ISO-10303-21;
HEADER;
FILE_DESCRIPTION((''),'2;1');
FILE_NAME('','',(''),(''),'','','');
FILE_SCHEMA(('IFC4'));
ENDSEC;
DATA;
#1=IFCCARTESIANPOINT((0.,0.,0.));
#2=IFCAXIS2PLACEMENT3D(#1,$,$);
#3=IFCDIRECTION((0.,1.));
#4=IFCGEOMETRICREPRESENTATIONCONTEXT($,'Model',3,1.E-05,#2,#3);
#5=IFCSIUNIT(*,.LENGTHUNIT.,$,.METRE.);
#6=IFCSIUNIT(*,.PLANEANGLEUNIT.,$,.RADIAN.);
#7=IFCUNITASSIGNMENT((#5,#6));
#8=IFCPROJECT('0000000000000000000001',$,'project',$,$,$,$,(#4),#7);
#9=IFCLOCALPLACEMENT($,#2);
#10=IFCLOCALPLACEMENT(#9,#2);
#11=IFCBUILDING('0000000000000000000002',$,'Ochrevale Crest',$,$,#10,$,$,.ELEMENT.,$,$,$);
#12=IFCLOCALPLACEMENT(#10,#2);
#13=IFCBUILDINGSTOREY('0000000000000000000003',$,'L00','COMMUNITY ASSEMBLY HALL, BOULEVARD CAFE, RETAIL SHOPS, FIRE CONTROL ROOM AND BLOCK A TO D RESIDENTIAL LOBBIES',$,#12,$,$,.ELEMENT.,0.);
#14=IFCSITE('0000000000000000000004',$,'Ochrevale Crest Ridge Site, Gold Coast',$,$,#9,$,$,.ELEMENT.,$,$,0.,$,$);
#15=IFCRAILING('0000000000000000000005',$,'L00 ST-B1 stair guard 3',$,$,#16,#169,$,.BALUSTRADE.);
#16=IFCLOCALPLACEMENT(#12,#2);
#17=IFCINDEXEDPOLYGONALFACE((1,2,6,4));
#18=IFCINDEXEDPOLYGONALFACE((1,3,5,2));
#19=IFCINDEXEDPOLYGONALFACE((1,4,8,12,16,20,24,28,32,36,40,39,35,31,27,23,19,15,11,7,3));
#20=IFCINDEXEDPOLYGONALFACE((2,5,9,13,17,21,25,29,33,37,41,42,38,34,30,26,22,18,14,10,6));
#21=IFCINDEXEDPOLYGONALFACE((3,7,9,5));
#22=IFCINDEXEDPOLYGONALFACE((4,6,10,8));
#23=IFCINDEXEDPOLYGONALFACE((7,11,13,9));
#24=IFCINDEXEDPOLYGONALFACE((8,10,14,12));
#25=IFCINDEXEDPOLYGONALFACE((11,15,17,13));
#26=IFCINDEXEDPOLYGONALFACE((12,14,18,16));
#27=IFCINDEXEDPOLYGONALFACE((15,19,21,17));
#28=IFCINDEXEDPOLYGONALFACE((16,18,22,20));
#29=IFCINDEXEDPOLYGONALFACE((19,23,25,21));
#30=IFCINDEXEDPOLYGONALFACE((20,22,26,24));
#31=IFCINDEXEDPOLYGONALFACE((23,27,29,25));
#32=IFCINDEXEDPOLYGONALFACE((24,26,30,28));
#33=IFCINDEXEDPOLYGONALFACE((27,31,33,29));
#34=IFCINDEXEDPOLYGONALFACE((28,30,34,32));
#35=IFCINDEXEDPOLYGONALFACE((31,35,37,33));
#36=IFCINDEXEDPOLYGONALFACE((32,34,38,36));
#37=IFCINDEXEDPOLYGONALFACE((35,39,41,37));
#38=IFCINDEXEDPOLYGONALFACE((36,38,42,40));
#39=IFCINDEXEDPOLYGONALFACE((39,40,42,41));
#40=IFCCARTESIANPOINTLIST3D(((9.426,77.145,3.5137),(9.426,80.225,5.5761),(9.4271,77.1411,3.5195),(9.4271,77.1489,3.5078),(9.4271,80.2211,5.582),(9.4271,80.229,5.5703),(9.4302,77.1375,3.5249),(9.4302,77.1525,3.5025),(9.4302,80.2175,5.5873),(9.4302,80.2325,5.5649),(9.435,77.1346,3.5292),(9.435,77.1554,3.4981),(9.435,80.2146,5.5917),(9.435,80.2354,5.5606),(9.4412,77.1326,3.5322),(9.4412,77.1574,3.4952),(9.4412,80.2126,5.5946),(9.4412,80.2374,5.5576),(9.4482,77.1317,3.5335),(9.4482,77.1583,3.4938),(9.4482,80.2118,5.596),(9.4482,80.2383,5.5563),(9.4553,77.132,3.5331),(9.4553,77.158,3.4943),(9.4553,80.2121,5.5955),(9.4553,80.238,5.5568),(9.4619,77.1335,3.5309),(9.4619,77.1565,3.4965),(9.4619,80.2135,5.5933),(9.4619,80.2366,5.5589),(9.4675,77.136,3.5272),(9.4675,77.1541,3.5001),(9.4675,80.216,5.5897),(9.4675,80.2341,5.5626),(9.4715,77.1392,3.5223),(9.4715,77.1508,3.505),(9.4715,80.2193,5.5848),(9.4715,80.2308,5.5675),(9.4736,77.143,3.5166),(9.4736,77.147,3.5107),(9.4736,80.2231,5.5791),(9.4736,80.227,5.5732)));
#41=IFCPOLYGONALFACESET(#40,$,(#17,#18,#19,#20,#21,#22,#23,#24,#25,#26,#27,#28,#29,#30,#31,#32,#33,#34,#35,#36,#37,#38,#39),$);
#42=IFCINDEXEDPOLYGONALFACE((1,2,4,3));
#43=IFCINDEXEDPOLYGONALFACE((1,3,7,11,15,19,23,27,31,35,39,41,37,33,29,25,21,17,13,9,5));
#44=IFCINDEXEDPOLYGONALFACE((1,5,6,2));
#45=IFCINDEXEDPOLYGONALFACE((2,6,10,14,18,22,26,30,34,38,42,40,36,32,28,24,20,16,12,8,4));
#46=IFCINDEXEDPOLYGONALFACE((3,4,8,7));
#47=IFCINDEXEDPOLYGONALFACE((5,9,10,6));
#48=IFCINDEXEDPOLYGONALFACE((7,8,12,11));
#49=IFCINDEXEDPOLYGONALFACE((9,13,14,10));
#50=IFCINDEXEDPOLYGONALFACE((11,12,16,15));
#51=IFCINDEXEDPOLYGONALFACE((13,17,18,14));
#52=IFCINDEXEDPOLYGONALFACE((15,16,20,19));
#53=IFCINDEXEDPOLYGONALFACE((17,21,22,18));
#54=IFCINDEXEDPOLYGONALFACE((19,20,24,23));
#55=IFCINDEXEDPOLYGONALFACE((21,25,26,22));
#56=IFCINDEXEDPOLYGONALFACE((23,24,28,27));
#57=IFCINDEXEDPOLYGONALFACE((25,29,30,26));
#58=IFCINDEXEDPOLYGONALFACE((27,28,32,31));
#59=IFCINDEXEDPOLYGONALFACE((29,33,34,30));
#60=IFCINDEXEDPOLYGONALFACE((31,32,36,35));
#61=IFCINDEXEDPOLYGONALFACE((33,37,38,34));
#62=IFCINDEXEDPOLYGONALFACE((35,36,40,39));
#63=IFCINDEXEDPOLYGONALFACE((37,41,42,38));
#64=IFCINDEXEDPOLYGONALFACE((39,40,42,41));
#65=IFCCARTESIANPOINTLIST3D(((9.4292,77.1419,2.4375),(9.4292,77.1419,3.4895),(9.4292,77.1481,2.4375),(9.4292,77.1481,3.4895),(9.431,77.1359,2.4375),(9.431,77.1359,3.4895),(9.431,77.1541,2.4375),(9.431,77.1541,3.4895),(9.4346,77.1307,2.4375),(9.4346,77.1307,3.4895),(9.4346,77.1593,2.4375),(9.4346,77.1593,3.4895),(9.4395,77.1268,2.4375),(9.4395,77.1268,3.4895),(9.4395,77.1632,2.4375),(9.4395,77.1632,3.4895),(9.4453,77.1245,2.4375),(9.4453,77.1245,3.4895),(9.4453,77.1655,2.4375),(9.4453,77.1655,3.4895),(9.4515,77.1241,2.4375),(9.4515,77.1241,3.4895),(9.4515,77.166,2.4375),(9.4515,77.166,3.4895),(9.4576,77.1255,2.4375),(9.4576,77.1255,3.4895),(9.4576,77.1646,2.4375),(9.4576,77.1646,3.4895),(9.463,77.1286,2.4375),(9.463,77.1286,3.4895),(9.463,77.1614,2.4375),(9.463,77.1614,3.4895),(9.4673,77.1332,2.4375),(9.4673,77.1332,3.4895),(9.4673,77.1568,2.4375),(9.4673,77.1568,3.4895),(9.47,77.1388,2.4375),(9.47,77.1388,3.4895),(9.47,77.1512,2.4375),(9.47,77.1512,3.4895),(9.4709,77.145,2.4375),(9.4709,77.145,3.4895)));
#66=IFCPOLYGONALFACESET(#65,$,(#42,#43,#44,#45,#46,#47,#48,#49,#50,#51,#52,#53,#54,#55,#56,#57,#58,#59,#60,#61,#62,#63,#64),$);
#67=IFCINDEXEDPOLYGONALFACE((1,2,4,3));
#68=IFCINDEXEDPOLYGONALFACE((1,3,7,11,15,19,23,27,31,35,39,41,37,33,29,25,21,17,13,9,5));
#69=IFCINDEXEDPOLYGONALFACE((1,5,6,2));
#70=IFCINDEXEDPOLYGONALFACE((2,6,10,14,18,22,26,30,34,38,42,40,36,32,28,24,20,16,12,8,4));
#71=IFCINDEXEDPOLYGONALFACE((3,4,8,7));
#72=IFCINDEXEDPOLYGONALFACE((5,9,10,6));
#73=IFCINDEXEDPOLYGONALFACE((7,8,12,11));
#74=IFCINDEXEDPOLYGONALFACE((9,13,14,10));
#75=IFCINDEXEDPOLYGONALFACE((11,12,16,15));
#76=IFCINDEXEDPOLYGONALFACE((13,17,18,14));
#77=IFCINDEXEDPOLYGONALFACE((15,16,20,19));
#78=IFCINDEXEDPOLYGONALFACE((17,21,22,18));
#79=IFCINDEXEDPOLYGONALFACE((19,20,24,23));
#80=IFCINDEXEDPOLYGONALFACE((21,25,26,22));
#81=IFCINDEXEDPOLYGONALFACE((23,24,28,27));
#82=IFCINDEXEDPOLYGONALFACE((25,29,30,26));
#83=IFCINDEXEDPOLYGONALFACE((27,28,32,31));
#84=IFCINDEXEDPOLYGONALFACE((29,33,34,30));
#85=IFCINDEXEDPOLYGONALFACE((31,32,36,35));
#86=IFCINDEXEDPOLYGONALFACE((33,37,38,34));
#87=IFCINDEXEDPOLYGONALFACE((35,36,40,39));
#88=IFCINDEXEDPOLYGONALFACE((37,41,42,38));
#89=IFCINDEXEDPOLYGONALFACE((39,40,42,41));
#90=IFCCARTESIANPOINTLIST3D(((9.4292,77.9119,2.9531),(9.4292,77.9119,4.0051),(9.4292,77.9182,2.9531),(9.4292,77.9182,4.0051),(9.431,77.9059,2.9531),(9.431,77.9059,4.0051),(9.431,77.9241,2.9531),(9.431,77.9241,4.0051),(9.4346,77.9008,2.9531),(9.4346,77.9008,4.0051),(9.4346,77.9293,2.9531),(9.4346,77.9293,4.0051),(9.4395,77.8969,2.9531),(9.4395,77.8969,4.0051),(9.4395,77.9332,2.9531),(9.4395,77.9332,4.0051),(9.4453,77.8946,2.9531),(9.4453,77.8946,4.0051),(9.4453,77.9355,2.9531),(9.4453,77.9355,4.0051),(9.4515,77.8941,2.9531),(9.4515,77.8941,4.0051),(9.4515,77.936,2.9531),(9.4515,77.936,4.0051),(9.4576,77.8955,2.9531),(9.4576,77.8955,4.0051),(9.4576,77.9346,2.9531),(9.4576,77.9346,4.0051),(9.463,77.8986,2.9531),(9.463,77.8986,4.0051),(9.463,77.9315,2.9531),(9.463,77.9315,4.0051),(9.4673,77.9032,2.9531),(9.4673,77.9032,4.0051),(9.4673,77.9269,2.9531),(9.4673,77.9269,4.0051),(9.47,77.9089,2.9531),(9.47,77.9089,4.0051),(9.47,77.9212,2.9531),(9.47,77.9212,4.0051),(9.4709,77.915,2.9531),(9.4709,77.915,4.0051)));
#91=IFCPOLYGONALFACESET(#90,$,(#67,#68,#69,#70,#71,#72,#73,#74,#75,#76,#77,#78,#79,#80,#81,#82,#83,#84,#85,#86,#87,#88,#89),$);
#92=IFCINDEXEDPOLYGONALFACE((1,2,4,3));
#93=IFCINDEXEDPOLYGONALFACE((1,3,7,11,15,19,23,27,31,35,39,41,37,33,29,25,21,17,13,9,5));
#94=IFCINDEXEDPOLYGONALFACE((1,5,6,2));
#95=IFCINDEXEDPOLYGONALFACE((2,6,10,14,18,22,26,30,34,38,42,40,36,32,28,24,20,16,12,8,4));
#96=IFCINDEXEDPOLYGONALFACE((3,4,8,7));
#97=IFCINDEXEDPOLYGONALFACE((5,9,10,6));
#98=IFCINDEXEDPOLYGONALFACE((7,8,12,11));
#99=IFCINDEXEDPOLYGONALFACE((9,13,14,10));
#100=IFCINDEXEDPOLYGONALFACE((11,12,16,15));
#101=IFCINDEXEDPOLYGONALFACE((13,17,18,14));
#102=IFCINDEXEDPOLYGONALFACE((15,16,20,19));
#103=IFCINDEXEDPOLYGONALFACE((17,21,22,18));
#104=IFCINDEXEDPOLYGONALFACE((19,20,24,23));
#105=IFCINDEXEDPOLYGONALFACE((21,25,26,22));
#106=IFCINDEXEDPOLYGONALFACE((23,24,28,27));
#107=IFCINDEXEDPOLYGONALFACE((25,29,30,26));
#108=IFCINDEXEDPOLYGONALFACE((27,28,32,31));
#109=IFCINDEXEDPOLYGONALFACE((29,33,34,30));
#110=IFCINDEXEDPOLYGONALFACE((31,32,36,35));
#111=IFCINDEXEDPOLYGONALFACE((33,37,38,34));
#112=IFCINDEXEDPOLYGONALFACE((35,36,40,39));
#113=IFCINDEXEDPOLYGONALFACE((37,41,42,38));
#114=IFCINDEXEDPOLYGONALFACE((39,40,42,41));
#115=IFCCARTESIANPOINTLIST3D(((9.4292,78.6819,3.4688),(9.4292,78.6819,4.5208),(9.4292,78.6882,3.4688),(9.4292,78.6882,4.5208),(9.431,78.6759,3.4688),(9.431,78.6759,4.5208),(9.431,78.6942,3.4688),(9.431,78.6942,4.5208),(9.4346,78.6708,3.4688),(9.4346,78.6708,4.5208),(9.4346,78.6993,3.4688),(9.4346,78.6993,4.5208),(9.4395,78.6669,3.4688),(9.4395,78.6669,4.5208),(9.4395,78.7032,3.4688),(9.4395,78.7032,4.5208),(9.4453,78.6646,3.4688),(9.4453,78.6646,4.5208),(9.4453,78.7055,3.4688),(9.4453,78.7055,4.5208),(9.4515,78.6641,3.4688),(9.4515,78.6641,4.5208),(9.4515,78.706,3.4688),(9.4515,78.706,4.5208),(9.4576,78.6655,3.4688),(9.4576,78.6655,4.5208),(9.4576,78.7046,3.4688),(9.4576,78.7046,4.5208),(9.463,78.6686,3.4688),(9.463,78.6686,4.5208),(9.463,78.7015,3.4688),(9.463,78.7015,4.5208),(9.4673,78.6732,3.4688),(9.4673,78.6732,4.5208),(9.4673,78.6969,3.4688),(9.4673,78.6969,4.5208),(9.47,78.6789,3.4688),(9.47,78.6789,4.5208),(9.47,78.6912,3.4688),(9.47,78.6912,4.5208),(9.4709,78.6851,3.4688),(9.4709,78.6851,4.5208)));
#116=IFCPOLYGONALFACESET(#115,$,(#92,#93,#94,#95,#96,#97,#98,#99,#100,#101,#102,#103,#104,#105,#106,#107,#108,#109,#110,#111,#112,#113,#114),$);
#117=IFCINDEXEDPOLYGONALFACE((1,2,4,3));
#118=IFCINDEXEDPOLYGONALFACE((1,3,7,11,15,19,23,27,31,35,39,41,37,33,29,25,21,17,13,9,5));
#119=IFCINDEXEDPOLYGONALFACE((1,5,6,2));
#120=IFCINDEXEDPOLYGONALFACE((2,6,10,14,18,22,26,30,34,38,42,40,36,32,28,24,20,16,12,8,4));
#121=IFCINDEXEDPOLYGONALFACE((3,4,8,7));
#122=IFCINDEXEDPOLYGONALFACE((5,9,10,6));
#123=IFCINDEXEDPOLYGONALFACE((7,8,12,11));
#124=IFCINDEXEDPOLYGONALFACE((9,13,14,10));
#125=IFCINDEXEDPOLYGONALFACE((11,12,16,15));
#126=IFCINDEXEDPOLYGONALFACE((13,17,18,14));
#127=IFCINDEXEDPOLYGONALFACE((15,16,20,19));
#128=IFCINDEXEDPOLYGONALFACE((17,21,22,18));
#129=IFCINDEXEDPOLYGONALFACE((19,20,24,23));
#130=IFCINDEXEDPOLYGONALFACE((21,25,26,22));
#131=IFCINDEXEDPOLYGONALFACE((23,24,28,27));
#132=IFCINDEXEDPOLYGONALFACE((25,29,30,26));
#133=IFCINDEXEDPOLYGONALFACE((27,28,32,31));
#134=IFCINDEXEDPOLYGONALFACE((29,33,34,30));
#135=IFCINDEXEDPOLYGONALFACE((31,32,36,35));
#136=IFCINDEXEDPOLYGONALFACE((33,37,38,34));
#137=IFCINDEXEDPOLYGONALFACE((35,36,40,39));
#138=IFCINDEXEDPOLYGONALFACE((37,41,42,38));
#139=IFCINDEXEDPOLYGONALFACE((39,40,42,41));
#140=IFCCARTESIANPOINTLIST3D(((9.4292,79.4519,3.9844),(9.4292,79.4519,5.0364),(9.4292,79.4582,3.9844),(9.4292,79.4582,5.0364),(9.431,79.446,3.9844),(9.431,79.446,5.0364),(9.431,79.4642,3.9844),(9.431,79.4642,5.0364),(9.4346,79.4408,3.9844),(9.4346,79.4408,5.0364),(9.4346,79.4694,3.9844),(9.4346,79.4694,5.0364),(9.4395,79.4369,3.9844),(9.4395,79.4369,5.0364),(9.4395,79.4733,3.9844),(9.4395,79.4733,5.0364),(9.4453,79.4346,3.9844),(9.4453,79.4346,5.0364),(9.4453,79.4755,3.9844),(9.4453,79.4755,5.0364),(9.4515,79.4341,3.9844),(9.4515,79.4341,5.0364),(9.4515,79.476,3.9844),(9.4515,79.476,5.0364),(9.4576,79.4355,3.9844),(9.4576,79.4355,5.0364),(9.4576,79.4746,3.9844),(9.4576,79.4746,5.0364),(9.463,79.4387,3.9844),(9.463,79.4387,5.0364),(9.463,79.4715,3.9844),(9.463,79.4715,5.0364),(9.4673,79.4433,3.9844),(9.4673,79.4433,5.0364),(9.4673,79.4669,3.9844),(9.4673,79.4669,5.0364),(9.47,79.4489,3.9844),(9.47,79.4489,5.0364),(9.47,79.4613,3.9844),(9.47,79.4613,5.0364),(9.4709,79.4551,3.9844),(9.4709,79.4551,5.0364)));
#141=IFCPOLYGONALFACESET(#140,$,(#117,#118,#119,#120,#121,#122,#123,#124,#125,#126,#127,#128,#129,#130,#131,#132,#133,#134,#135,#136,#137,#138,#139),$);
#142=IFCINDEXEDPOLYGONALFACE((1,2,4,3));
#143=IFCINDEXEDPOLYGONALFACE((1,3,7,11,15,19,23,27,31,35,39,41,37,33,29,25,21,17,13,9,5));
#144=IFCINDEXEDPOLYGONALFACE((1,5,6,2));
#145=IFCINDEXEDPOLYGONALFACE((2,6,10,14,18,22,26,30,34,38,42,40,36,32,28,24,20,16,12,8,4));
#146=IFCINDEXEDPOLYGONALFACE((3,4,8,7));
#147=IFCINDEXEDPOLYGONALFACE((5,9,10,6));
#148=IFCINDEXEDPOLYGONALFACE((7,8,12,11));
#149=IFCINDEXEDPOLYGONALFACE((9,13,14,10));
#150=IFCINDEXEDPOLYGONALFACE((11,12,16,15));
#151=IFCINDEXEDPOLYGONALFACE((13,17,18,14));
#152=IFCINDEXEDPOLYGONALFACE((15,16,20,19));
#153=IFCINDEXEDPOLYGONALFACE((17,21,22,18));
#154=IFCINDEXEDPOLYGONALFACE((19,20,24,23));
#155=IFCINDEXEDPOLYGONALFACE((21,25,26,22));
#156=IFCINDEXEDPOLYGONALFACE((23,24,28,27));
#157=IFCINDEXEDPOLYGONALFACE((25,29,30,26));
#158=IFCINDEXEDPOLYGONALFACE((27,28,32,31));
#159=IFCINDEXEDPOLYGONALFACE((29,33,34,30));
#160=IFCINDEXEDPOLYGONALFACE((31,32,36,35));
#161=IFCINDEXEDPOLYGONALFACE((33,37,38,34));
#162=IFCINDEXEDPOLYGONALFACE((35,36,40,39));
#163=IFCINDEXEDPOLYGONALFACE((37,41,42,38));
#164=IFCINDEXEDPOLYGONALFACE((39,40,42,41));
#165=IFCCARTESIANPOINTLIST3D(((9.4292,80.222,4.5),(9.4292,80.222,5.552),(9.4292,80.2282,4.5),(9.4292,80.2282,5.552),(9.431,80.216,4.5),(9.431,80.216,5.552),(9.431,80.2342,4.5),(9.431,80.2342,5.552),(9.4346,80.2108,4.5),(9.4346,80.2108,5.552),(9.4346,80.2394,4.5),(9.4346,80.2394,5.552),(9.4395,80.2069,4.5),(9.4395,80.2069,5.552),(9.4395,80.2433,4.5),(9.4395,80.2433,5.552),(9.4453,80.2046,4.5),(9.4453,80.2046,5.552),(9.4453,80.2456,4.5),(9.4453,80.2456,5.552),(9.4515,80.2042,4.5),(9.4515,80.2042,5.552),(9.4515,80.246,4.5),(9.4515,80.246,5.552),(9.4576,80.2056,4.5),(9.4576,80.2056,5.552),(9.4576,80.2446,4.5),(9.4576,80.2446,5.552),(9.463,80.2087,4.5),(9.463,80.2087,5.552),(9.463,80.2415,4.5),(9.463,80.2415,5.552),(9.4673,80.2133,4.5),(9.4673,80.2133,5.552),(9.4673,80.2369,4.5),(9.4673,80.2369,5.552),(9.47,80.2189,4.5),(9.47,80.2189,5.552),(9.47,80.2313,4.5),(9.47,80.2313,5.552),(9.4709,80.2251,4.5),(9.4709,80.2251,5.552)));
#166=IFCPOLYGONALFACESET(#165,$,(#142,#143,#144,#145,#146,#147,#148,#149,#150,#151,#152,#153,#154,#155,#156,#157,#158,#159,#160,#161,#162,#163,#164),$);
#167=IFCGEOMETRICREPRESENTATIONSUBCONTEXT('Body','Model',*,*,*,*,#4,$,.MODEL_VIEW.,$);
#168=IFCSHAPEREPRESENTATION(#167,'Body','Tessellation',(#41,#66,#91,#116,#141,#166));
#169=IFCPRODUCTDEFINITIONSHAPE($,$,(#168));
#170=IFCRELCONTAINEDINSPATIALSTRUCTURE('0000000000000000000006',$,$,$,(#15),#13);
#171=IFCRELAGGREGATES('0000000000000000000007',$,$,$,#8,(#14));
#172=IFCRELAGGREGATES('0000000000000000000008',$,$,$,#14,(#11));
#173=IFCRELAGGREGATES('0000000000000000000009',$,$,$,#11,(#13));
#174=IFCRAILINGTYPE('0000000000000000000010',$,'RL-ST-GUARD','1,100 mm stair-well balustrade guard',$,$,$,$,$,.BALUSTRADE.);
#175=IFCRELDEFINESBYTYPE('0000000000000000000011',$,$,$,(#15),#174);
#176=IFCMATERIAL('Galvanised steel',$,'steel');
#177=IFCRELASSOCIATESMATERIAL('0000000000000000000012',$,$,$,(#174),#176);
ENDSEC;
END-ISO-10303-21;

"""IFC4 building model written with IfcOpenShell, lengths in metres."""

from ifc_helpers import new_model, si_unit, direction, frame, origin, origin_2d, place, context, subcontext, project, spatial, circle, extrude, material, type_object, element, save


model = new_model("IFC4")

# Units and contexts
model_context = context("Model", 3, precision=1e-05, world=origin(), true_north=direction((0.0, 1.0)))
body_context = subcontext(model_context, "Body", "Model", "MODEL_VIEW")
ifc_project = project(units=[si_unit("LENGTHUNIT", "METRE"), si_unit("PLANEANGLEUNIT", "RADIAN")], contexts=[model_context])

# Site, building, storey
site_placement = place(None, origin())
site = spatial("IfcSite", under=ifc_project, at=site_placement, Name="Ochrevale Crest Ridge Site, Gold Coast", CompositionType="ELEMENT", RefElevation=0.0)
building_placement = place(site_placement, origin())
building = spatial("IfcBuilding", under=site, at=building_placement, Name="Ochrevale Crest", CompositionType="ELEMENT")
storey_placement = place(building_placement, origin())
storey = spatial("IfcBuildingStorey", under=building, at=storey_placement, Name="L00", Description="COMMUNITY ASSEMBLY HALL, BOULEVARD CAFE, RETAIL SHOPS, FIRE CONTROL ROOM AND BLOCK A TO D RESIDENTIAL LOBBIES", CompositionType="ELEMENT", Elevation=0.0)

# Railing
ifc_material_1 = material(Name="Galvanised steel", Category="steel")
railing_type_1 = type_object("IfcRailingType", Name="RL-ST-GUARD", Description="1,100 mm stair-well balustrade guard", PredefinedType="BALUSTRADE", material=ifc_material_1)
railing_1_placement = place(storey_placement, frame((9.45, 77.145, 2.4375)))
element("IfcRailing", 1, at=railing_1_placement, inside=storey, type_object=railing_type_1, Name="L00 ST-B1 stair guard 3", PredefinedType="BALUSTRADE", context=body_context, shape_type="SweptSolid", body=[
    extrude(circle(Radius=0.0239, at=origin_2d()), frame((0.0, 0.0, 1.0762), z_axis=(0.0, 0.830914, 0.556401), x_axis=(-1.0, 0.0, 0.0)), (0.0, 0.0, 1.0), 3.7068),
    extrude(circle(Radius=0.021, at=origin_2d()), origin(), (0.0, 0.0, 1.0), 1.052),
    extrude(circle(Radius=0.021, at=origin_2d()), frame((0.0, 0.77, 0.5156)), (0.0, 0.0, 1.0), 1.052),
    extrude(circle(Radius=0.021, at=origin_2d()), frame((0.0, 1.54, 1.0312)), (0.0, 0.0, 1.0), 1.052),
    extrude(circle(Radius=0.021, at=origin_2d()), frame((0.0, 2.3101, 1.5469)), (0.0, 0.0, 1.0), 1.052),
    extrude(circle(Radius=0.021, at=origin_2d()), frame((0.0, 3.0801, 2.0625)), (0.0, 0.0, 1.0), 1.052),
])

save(model, "model.ifc")
